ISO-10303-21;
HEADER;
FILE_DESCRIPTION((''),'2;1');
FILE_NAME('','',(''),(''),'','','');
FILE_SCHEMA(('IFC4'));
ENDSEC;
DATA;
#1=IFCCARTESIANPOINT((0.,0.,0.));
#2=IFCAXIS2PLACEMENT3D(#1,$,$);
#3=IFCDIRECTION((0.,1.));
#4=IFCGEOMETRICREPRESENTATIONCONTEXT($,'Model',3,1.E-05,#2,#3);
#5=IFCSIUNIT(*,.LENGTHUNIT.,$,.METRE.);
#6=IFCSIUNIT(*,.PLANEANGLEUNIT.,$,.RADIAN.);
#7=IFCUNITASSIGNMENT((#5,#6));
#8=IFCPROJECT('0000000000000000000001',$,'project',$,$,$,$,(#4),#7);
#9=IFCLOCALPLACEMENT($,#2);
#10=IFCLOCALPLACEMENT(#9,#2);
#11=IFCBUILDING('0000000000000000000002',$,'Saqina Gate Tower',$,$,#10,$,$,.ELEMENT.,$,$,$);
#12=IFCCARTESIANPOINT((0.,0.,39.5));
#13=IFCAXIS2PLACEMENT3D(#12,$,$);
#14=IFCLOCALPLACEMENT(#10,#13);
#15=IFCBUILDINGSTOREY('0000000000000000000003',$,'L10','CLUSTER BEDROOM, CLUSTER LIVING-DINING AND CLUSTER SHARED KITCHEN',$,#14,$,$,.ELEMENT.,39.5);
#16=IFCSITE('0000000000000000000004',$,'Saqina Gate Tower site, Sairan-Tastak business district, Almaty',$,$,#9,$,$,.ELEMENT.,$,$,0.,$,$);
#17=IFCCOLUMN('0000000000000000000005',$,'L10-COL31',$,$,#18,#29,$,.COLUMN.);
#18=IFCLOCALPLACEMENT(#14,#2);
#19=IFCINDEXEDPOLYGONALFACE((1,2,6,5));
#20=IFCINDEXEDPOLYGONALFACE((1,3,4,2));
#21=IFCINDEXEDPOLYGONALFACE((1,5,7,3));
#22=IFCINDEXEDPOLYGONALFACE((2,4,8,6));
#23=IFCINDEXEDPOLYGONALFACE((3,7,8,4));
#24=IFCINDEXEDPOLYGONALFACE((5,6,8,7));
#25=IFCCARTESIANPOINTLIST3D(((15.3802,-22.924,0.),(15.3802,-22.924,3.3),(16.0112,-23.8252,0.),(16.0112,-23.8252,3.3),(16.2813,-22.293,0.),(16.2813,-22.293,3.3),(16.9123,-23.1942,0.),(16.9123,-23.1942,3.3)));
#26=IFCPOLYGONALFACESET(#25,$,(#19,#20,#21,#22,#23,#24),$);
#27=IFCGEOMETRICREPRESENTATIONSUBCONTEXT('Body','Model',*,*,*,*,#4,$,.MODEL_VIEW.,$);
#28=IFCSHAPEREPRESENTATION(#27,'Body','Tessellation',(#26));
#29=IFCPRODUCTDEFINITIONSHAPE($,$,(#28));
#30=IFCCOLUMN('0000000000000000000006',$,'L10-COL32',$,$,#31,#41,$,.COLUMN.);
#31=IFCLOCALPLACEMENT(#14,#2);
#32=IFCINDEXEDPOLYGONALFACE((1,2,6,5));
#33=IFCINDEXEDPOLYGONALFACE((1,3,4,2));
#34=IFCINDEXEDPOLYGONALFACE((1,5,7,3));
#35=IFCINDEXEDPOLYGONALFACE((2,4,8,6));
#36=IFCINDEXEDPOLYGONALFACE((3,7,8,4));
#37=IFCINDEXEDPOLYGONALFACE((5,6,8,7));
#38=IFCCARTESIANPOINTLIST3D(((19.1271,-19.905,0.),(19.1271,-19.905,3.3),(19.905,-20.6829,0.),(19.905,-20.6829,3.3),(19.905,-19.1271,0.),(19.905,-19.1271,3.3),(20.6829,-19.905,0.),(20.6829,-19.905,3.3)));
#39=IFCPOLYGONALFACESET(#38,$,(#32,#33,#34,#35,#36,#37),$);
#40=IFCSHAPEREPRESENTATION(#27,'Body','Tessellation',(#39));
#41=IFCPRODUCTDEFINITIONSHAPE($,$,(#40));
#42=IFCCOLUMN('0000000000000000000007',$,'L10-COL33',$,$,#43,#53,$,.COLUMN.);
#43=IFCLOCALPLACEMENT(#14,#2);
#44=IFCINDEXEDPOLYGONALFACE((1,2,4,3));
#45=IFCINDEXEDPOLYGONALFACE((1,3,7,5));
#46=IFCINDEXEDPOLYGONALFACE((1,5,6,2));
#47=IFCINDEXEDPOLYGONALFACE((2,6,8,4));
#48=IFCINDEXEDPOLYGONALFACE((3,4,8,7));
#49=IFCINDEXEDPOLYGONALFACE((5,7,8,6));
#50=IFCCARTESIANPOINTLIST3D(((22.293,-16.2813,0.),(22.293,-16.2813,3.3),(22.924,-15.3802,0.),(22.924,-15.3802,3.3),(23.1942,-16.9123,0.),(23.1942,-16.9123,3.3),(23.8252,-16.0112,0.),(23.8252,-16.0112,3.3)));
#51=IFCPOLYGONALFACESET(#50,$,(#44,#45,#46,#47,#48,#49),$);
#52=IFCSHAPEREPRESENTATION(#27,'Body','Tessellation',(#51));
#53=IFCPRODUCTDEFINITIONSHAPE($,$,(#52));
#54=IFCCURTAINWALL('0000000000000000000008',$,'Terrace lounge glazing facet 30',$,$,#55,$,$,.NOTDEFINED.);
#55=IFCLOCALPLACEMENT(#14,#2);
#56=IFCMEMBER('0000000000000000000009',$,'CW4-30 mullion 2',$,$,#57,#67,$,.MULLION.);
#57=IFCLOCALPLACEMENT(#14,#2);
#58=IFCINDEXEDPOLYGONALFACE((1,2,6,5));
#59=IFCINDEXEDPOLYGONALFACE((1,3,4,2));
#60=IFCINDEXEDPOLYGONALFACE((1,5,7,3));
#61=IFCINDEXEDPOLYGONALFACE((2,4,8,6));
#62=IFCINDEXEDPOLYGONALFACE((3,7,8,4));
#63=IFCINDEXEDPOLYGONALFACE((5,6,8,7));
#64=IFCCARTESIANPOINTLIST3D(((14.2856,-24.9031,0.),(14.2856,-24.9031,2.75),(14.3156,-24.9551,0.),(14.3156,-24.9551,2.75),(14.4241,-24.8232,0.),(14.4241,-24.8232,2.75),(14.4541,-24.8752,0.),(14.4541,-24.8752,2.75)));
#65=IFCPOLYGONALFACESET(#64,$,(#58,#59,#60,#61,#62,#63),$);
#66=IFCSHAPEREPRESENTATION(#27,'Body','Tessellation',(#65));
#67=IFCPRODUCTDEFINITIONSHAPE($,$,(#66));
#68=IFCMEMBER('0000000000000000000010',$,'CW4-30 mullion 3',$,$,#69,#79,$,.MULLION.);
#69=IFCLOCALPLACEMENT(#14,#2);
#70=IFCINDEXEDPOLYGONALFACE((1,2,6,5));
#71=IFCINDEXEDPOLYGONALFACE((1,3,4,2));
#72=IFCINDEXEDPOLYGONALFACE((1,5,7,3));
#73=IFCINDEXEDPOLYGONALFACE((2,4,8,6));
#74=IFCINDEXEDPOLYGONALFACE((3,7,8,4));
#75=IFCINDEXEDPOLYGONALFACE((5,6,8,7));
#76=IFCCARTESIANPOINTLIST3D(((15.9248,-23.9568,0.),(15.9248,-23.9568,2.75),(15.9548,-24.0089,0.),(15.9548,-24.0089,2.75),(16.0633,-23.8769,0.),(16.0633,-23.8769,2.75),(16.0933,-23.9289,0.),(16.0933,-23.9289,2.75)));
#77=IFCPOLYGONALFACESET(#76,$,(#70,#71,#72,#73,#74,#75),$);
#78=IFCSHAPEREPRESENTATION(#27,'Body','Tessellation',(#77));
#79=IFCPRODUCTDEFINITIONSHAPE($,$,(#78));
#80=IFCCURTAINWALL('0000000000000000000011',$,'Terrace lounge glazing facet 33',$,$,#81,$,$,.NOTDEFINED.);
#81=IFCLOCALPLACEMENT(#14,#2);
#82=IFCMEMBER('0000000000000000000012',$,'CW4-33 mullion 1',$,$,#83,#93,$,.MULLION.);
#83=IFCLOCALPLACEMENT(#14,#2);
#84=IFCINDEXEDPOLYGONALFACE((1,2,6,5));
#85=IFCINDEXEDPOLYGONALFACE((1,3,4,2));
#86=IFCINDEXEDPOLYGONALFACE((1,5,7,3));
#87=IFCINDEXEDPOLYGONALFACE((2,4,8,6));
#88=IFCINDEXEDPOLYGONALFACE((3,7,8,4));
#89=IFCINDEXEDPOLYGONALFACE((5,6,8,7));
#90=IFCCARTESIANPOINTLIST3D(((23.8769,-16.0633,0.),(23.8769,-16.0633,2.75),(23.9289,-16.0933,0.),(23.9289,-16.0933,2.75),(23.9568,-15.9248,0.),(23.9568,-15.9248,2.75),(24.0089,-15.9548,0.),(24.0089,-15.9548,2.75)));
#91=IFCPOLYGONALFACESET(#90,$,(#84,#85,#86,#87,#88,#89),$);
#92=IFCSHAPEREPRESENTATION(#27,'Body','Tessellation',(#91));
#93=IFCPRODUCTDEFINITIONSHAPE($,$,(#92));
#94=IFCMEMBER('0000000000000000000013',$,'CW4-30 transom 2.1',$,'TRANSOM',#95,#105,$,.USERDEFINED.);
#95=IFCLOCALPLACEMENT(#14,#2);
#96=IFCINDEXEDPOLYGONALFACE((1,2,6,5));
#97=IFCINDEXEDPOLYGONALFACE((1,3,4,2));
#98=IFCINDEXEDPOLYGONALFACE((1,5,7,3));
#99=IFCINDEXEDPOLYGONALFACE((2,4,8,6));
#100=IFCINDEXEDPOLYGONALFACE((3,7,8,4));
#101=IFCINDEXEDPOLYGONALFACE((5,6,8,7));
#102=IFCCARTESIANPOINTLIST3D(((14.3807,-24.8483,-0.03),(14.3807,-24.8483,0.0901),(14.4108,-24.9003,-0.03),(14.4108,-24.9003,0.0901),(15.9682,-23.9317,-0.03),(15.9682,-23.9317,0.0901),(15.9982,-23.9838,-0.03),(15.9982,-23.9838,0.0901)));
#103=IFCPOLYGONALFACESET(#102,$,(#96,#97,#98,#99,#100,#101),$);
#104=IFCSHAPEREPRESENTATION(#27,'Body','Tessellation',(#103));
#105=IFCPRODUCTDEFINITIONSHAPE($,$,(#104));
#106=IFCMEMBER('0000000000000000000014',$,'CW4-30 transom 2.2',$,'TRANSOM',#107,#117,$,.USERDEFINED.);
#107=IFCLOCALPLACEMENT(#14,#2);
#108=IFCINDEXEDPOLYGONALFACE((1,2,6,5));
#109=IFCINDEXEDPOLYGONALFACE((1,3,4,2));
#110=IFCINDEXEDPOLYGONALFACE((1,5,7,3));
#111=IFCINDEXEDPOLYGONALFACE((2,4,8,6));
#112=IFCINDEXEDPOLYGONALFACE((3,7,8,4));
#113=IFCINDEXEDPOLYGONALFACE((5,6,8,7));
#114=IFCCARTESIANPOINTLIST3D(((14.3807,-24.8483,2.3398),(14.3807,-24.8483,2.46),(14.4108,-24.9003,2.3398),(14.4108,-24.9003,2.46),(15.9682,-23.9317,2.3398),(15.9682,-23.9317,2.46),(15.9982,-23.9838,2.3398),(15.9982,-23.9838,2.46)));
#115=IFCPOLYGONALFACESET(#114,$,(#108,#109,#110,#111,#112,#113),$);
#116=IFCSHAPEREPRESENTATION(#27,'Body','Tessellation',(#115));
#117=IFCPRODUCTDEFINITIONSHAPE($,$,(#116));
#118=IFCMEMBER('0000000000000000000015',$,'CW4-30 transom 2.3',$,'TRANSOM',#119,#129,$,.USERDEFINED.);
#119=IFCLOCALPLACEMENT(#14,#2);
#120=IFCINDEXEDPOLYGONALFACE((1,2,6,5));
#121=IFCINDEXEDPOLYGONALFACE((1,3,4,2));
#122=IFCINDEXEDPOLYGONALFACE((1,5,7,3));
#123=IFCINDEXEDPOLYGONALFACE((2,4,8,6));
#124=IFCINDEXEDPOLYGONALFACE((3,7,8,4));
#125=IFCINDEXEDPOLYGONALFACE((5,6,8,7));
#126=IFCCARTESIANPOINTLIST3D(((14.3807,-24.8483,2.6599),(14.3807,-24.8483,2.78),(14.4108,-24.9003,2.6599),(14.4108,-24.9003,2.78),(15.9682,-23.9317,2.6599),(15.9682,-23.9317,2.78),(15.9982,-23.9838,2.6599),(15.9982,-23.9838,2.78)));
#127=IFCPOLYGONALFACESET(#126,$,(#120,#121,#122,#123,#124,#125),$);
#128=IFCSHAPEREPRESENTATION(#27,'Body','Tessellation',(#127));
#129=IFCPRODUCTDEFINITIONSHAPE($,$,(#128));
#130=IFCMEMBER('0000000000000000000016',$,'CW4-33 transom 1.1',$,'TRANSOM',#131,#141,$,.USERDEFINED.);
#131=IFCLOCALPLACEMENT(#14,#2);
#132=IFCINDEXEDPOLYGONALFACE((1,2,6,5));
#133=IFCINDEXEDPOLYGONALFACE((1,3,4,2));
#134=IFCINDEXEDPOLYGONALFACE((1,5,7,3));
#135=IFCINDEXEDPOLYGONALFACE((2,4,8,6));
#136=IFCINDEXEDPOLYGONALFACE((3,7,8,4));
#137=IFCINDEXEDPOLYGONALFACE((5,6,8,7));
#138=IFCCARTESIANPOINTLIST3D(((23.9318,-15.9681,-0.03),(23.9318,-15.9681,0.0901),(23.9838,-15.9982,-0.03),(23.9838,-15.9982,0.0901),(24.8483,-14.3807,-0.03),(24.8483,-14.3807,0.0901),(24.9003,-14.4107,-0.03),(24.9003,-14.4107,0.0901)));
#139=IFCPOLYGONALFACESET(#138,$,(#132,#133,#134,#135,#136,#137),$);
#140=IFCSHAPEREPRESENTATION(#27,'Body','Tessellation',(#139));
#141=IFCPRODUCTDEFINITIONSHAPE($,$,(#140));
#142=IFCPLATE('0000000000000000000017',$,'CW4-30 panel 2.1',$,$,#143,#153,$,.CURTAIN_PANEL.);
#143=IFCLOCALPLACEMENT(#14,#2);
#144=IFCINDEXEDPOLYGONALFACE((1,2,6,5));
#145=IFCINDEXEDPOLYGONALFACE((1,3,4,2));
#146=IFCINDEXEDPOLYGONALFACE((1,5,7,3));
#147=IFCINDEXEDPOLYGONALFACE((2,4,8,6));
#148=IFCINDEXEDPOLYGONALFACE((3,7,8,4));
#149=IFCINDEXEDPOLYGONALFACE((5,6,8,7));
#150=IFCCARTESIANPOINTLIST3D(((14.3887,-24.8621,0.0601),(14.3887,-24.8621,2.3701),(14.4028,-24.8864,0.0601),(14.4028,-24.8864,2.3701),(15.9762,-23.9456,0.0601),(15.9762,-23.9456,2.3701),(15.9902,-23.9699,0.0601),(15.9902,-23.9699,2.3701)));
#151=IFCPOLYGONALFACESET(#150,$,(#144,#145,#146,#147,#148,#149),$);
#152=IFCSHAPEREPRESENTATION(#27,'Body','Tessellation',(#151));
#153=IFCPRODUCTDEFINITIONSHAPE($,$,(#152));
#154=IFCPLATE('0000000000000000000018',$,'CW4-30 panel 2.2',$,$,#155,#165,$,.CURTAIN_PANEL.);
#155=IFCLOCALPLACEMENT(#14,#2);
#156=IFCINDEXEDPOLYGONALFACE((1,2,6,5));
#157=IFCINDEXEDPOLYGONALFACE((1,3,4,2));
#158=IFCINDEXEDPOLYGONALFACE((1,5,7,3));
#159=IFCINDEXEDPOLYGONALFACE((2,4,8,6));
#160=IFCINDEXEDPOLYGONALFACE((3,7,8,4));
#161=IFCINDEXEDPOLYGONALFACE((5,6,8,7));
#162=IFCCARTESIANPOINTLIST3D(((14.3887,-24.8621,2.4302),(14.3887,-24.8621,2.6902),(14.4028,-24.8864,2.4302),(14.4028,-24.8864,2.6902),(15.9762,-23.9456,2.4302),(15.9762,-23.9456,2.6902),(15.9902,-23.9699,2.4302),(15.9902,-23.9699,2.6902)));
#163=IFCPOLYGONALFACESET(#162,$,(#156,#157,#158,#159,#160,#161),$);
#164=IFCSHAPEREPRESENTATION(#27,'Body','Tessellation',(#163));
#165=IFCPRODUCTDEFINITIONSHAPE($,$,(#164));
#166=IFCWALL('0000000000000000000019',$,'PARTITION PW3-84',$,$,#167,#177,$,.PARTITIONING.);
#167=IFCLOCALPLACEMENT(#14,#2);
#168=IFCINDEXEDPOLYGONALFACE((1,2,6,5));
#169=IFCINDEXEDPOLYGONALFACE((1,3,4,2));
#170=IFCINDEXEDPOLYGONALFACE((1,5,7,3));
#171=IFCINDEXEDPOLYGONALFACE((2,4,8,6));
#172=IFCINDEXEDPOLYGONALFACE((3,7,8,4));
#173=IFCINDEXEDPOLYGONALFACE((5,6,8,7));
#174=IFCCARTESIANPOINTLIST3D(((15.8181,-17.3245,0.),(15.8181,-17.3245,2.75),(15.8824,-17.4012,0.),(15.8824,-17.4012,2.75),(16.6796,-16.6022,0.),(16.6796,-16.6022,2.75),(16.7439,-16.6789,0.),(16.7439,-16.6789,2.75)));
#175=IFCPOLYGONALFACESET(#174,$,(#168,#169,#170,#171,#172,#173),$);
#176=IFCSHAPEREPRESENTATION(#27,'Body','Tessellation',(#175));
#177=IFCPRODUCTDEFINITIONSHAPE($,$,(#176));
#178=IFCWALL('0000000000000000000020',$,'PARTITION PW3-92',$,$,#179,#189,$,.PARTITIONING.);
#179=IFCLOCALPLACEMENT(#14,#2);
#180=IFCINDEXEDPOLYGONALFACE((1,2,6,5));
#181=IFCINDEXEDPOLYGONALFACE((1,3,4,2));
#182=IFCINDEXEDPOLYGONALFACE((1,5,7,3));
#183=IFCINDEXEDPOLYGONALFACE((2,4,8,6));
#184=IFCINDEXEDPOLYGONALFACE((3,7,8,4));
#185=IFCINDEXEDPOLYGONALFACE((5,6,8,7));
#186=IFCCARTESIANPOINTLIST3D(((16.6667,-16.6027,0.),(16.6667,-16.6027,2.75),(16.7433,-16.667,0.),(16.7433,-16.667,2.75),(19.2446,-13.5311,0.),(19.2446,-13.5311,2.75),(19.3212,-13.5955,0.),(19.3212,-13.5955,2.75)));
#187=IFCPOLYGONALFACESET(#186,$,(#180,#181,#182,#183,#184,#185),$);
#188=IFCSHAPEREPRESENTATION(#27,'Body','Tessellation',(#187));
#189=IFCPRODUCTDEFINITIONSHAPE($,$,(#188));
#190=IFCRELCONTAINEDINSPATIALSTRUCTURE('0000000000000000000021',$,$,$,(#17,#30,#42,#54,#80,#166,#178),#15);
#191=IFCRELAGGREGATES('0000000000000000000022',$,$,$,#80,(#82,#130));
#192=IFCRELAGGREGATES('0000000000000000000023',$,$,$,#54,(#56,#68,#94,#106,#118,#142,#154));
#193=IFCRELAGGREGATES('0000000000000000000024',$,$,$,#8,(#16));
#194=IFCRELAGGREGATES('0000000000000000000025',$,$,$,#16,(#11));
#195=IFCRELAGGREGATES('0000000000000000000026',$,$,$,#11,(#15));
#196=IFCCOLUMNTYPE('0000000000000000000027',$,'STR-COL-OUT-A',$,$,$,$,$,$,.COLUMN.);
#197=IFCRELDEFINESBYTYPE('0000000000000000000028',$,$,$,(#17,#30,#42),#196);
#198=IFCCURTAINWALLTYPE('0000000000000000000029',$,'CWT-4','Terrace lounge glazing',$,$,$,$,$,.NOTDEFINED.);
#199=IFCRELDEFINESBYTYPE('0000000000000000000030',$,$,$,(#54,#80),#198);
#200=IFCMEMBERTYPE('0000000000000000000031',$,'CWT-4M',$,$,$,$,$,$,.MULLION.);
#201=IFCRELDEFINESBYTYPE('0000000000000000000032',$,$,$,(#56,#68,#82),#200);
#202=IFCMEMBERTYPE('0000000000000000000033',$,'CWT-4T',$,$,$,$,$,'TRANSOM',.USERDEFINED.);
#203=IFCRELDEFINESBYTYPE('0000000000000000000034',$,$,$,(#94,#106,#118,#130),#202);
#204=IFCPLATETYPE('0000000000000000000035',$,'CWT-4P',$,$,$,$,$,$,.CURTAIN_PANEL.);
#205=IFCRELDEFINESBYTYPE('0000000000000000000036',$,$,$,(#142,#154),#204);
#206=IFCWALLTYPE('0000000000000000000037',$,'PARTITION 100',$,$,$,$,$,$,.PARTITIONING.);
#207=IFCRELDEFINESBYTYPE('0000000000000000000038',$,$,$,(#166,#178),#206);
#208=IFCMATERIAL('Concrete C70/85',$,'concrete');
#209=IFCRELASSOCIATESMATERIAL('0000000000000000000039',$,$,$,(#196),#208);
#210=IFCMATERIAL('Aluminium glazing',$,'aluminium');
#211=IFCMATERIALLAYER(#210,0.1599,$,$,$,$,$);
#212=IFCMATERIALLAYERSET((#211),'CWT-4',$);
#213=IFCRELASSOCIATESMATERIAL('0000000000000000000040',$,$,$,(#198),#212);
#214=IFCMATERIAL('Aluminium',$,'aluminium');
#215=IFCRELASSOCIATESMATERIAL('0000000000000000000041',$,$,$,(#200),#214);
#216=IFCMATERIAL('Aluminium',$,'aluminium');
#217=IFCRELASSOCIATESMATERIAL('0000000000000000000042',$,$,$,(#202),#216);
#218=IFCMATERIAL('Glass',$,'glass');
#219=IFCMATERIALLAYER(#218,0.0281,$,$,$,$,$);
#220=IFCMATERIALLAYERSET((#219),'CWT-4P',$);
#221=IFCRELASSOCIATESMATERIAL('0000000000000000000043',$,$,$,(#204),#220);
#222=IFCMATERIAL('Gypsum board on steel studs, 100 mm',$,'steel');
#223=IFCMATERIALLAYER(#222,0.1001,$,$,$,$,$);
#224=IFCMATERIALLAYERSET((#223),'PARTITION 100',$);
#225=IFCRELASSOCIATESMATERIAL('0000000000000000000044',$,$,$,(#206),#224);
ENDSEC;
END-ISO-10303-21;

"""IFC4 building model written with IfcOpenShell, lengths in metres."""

from ifc_helpers import new_model, si_unit, direction, frame, frame_2d, origin, origin_2d, place, context, subcontext, project, spatial, rectangle, extrude, material, layer, layer_set, material_profile, profile_set, type_object, element, aggregate, save


model = new_model("IFC4")

# Units and contexts
model_context = context("Model", 3, precision=1e-05, world=origin(), true_north=direction((0.0, 1.0)))
body_context = subcontext(model_context, "Body", "Model", "MODEL_VIEW")
ifc_project = project(units=[si_unit("LENGTHUNIT", "METRE"), si_unit("PLANEANGLEUNIT", "RADIAN")], contexts=[model_context])

# Site, building, storey
site_placement = place(None, origin())
site = spatial("IfcSite", under=ifc_project, at=site_placement, Name="Saqina Gate Tower site, Sairan-Tastak business district, Almaty", CompositionType="ELEMENT", RefElevation=0.0)
building_placement = place(site_placement, origin())
building = spatial("IfcBuilding", under=site, at=building_placement, Name="Saqina Gate Tower", CompositionType="ELEMENT")
storey_placement = place(building_placement, frame((0.0, 0.0, 39.5)))
storey = spatial("IfcBuildingStorey", under=building, at=storey_placement, Name="L10", Description="CLUSTER BEDROOM, CLUSTER LIVING-DINING AND CLUSTER SHARED KITCHEN", CompositionType="ELEMENT", Elevation=39.5)

# Columns
ifc_material_1 = material(Name="Concrete C70/85", Category="concrete")
ifc_material_profile_1 = material_profile(ifc_material_1, rectangle(XDim=1.1001, YDim=1.1001, at=origin_2d()), Name="RC 1100x1100")
ifc_profile_set_1 = profile_set([ifc_material_profile_1], Name="Concrete C70/85")
column_type = type_object("IfcColumnType", Name="STR-COL-OUT-A", PredefinedType="COLUMN", material=ifc_profile_set_1)
for number, where, z_axis, x_axis, name in (
    (1, (16.1462, -23.0591, 0.0), (0.0, 0.0, 1.0), (0.573576, -0.819152, 0.0), "L10-COL31"),
    (2, (19.905, -19.905, 0.0), (0.0, 0.0, 1.0), (0.707107, -0.707107, 0.0), "L10-COL32"),
    (3, (23.0591, -16.1462, 0.0), (0.0, 0.0, 1.0), (0.819152, -0.573576, 0.0), "L10-COL33"),
):
    element("IfcColumn", number, at=place(storey_placement, frame(where, z_axis=z_axis, x_axis=x_axis)), inside=storey, type_object=column_type, Name=name, PredefinedType="COLUMN", context=body_context, shape_type="SweptSolid", body=[
        extrude(rectangle(XDim=1.1001, YDim=1.1001, at=origin_2d()), origin(), (0.0, 0.0, 1.0), 3.3),
    ])

# Curtain wall, members
ifc_material_2 = material(Name="Aluminium glazing", Category="aluminium")
ifc_layer_1 = layer(ifc_material_2, 0.1599)
ifc_layer_set_1 = layer_set([ifc_layer_1], Name="CWT-4")
curtain_wall_type = type_object("IfcCurtainWallType", Name="CWT-4", Description="Terrace lounge glazing", PredefinedType="NOTDEFINED", material=ifc_layer_set_1)
curtain_wall_1_placement = place(storey_placement, origin())
curtain_wall_1 = element("IfcCurtainWall", 4, at=curtain_wall_1_placement, inside=storey, type_object=curtain_wall_type, Name="Terrace lounge glazing facet 30", PredefinedType="NOTDEFINED")
ifc_material_3 = material(Name="Aluminium", Category="aluminium")
ifc_material_profile_2 = material_profile(ifc_material_3, rectangle(XDim=0.0601, YDim=0.1599, at=origin_2d()), Name="Aluminium 60x160")
ifc_profile_set_2 = profile_set([ifc_material_profile_2], Name="Aluminium")
member_type_1 = type_object("IfcMemberType", Name="CWT-4M", PredefinedType="MULLION", material=ifc_profile_set_2)
member_1_placement = place(storey_placement, frame((14.3699, -24.8892, 0.0), z_axis=(0.0, 0.0, 1.0), x_axis=(-0.499996, 0.866028, 0.0)))
member_1 = element("IfcMember", 5, at=member_1_placement, type_object=member_type_1, Name="CW4-30 mullion 2", PredefinedType="MULLION", context=body_context, shape_type="SweptSolid", body=[
    extrude(rectangle(XDim=0.0601, YDim=0.1599, at=origin_2d()), origin(), (0.0, 0.0, 1.0), 2.75),
])
member_2_placement = place(storey_placement, frame((16.009, -23.9429, 0.0), z_axis=(0.0, 0.0, 1.0), x_axis=(-0.499996, 0.866028, 0.0)))
member_2 = element("IfcMember", 6, at=member_2_placement, type_object=member_type_1, Name="CW4-30 mullion 3", PredefinedType="MULLION", context=body_context, shape_type="SweptSolid", body=[
    extrude(rectangle(XDim=0.0601, YDim=0.1599, at=origin_2d()), origin(), (0.0, 0.0, 1.0), 2.75),
])

# Curtain wall, member
curtain_wall_2_placement = place(storey_placement, origin())
curtain_wall_2 = element("IfcCurtainWall", 7, at=curtain_wall_2_placement, inside=storey, type_object=curtain_wall_type, Name="Terrace lounge glazing facet 33", PredefinedType="NOTDEFINED")
member_3_placement = place(storey_placement, frame((23.9429, -16.009, 0.0), z_axis=(0.0, 0.0, 1.0), x_axis=(-0.866028, 0.499996, 0.0)))
member_3 = element("IfcMember", 8, at=member_3_placement, type_object=member_type_1, Name="CW4-33 mullion 1", PredefinedType="MULLION", context=body_context, shape_type="SweptSolid", body=[
    extrude(rectangle(XDim=0.0601, YDim=0.1599, at=origin_2d()), origin(), (0.0, 0.0, 1.0), 2.75),
])

# Members
ifc_material_4 = material(Name="Aluminium", Category="aluminium")
ifc_material_profile_3 = material_profile(ifc_material_4, rectangle(XDim=0.0601, YDim=0.1201, at=origin_2d()), Name="Aluminium 60x120")
ifc_profile_set_3 = profile_set([ifc_material_profile_3], Name="Aluminium")
member_type_2 = type_object("IfcMemberType", Name="CWT-4T", ElementType="TRANSOM", PredefinedType="USERDEFINED", material=ifc_profile_set_3)
member_4_placement = place(storey_placement, frame((14.3958, -24.8743, 0.03), z_axis=(0.866021, 0.500007, 0.0), x_axis=(-0.500007, 0.866021, 0.0)))
member_4 = element("IfcMember", 9, at=member_4_placement, type_object=member_type_2, Name="CW4-30 transom 2.1", ObjectType="TRANSOM", PredefinedType="USERDEFINED", context=body_context, shape_type="SweptSolid", body=[
    extrude(rectangle(XDim=0.0601, YDim=0.1201, at=origin_2d()), origin(), (0.0, 0.0, 1.0), 1.833),
])
member_5_placement = place(storey_placement, frame((14.3958, -24.8743, 2.3999), z_axis=(0.866021, 0.500007, 0.0), x_axis=(-0.500007, 0.866021, 0.0)))
member_5 = element("IfcMember", 10, at=member_5_placement, type_object=member_type_2, Name="CW4-30 transom 2.2", ObjectType="TRANSOM", PredefinedType="USERDEFINED", context=body_context, shape_type="SweptSolid", body=[
    extrude(rectangle(XDim=0.0601, YDim=0.1201, at=origin_2d()), origin(), (0.0, 0.0, 1.0), 1.833),
])
member_6_placement = place(storey_placement, frame((14.3958, -24.8743, 2.72), z_axis=(0.866021, 0.500007, 0.0), x_axis=(-0.500007, 0.866021, 0.0)))
member_6 = element("IfcMember", 11, at=member_6_placement, type_object=member_type_2, Name="CW4-30 transom 2.3", ObjectType="TRANSOM", PredefinedType="USERDEFINED", context=body_context, shape_type="SweptSolid", body=[
    extrude(rectangle(XDim=0.0601, YDim=0.1201, at=origin_2d()), origin(), (0.0, 0.0, 1.0), 1.833),
])
member_7_placement = place(storey_placement, frame((23.9578, -15.9832, 0.03), z_axis=(0.500007, 0.866021, 0.0), x_axis=(-0.866021, 0.500007, 0.0)))
member_7 = element("IfcMember", 12, at=member_7_placement, type_object=member_type_2, Name="CW4-33 transom 1.1", ObjectType="TRANSOM", PredefinedType="USERDEFINED", context=body_context, shape_type="SweptSolid", body=[
    extrude(rectangle(XDim=0.0601, YDim=0.1201, at=origin_2d()), origin(), (0.0, 0.0, 1.0), 1.833),
])
aggregate(curtain_wall_2, [member_3, member_7])

# Plates
ifc_material_5 = material(Name="Glass", Category="glass")
ifc_layer_2 = layer(ifc_material_5, 0.0281)
ifc_layer_set_2 = layer_set([ifc_layer_2], Name="CWT-4P")
plate_type = type_object("IfcPlateType", Name="CWT-4P", PredefinedType="CURTAIN_PANEL", material=ifc_layer_set_2)
plate_1_placement = place(storey_placement, frame((15.1895, -24.416, 0.0601), z_axis=(0.0, 0.0, 1.0), x_axis=(0.866028, 0.499996, 0.0)))
plate_1 = element("IfcPlate", 13, at=plate_1_placement, type_object=plate_type, Name="CW4-30 panel 2.1", PredefinedType="CURTAIN_PANEL", context=body_context, shape_type="SweptSolid", body=[
    extrude(rectangle(XDim=1.833, YDim=0.0281, at=origin_2d()), origin(), (0.0, 0.0, 1.0), 2.3101),
])
plate_2_placement = place(storey_placement, frame((15.1895, -24.416, 2.4302), z_axis=(0.0, 0.0, 1.0), x_axis=(0.866028, 0.499996, 0.0)))
plate_2 = element("IfcPlate", 14, at=plate_2_placement, type_object=plate_type, Name="CW4-30 panel 2.2", PredefinedType="CURTAIN_PANEL", context=body_context, shape_type="SweptSolid", body=[
    extrude(rectangle(XDim=1.833, YDim=0.0281, at=origin_2d()), origin(), (0.0, 0.0, 1.0), 0.26),
])
aggregate(curtain_wall_1, [member_1, member_2, member_4, member_5, member_6, plate_1, plate_2])

# Walls
ifc_material_6 = material(Name="Gypsum board on steel studs, 100 mm", Category="steel")
ifc_layer_3 = layer(ifc_material_6, 0.1001)
ifc_layer_set_3 = layer_set([ifc_layer_3], Name="PARTITION 100")
wall_type_1 = type_object("IfcWallType", Name="PARTITION 100", PredefinedType="PARTITIONING", material=ifc_layer_set_3)
wall_1_placement = place(storey_placement, frame((15.8503, -17.3628, 0.0), z_axis=(0.0, 0.0, 1.0), x_axis=(0.766278, 0.642509, 0.0)))
element("IfcWall", 15, at=wall_1_placement, inside=storey, type_object=wall_type_1, Name="PARTITION PW3-84", PredefinedType="PARTITIONING", context=body_context, shape_type="SweptSolid", body=[
    extrude(rectangle(XDim=1.1243, YDim=0.1001, at=frame_2d((0.562, 0.0))), origin(), (0.0, 0.0, 1.0), 2.75),
])
wall_2_placement = place(storey_placement, frame((16.7051, -16.6348, 0.0), z_axis=(0.0, 0.0, 1.0), x_axis=(0.642869, 0.765976, 0.0)))
element("IfcWall", 16, at=wall_2_placement, inside=storey, type_object=wall_type_1, Name="PARTITION PW3-92", PredefinedType="PARTITIONING", context=body_context, shape_type="SweptSolid", body=[
    extrude(rectangle(XDim=4.01, YDim=0.1001, at=frame_2d((2.0049, 0.0))), origin(), (0.0, 0.0, 1.0), 2.75),
])

save(model, "model.ifc")
